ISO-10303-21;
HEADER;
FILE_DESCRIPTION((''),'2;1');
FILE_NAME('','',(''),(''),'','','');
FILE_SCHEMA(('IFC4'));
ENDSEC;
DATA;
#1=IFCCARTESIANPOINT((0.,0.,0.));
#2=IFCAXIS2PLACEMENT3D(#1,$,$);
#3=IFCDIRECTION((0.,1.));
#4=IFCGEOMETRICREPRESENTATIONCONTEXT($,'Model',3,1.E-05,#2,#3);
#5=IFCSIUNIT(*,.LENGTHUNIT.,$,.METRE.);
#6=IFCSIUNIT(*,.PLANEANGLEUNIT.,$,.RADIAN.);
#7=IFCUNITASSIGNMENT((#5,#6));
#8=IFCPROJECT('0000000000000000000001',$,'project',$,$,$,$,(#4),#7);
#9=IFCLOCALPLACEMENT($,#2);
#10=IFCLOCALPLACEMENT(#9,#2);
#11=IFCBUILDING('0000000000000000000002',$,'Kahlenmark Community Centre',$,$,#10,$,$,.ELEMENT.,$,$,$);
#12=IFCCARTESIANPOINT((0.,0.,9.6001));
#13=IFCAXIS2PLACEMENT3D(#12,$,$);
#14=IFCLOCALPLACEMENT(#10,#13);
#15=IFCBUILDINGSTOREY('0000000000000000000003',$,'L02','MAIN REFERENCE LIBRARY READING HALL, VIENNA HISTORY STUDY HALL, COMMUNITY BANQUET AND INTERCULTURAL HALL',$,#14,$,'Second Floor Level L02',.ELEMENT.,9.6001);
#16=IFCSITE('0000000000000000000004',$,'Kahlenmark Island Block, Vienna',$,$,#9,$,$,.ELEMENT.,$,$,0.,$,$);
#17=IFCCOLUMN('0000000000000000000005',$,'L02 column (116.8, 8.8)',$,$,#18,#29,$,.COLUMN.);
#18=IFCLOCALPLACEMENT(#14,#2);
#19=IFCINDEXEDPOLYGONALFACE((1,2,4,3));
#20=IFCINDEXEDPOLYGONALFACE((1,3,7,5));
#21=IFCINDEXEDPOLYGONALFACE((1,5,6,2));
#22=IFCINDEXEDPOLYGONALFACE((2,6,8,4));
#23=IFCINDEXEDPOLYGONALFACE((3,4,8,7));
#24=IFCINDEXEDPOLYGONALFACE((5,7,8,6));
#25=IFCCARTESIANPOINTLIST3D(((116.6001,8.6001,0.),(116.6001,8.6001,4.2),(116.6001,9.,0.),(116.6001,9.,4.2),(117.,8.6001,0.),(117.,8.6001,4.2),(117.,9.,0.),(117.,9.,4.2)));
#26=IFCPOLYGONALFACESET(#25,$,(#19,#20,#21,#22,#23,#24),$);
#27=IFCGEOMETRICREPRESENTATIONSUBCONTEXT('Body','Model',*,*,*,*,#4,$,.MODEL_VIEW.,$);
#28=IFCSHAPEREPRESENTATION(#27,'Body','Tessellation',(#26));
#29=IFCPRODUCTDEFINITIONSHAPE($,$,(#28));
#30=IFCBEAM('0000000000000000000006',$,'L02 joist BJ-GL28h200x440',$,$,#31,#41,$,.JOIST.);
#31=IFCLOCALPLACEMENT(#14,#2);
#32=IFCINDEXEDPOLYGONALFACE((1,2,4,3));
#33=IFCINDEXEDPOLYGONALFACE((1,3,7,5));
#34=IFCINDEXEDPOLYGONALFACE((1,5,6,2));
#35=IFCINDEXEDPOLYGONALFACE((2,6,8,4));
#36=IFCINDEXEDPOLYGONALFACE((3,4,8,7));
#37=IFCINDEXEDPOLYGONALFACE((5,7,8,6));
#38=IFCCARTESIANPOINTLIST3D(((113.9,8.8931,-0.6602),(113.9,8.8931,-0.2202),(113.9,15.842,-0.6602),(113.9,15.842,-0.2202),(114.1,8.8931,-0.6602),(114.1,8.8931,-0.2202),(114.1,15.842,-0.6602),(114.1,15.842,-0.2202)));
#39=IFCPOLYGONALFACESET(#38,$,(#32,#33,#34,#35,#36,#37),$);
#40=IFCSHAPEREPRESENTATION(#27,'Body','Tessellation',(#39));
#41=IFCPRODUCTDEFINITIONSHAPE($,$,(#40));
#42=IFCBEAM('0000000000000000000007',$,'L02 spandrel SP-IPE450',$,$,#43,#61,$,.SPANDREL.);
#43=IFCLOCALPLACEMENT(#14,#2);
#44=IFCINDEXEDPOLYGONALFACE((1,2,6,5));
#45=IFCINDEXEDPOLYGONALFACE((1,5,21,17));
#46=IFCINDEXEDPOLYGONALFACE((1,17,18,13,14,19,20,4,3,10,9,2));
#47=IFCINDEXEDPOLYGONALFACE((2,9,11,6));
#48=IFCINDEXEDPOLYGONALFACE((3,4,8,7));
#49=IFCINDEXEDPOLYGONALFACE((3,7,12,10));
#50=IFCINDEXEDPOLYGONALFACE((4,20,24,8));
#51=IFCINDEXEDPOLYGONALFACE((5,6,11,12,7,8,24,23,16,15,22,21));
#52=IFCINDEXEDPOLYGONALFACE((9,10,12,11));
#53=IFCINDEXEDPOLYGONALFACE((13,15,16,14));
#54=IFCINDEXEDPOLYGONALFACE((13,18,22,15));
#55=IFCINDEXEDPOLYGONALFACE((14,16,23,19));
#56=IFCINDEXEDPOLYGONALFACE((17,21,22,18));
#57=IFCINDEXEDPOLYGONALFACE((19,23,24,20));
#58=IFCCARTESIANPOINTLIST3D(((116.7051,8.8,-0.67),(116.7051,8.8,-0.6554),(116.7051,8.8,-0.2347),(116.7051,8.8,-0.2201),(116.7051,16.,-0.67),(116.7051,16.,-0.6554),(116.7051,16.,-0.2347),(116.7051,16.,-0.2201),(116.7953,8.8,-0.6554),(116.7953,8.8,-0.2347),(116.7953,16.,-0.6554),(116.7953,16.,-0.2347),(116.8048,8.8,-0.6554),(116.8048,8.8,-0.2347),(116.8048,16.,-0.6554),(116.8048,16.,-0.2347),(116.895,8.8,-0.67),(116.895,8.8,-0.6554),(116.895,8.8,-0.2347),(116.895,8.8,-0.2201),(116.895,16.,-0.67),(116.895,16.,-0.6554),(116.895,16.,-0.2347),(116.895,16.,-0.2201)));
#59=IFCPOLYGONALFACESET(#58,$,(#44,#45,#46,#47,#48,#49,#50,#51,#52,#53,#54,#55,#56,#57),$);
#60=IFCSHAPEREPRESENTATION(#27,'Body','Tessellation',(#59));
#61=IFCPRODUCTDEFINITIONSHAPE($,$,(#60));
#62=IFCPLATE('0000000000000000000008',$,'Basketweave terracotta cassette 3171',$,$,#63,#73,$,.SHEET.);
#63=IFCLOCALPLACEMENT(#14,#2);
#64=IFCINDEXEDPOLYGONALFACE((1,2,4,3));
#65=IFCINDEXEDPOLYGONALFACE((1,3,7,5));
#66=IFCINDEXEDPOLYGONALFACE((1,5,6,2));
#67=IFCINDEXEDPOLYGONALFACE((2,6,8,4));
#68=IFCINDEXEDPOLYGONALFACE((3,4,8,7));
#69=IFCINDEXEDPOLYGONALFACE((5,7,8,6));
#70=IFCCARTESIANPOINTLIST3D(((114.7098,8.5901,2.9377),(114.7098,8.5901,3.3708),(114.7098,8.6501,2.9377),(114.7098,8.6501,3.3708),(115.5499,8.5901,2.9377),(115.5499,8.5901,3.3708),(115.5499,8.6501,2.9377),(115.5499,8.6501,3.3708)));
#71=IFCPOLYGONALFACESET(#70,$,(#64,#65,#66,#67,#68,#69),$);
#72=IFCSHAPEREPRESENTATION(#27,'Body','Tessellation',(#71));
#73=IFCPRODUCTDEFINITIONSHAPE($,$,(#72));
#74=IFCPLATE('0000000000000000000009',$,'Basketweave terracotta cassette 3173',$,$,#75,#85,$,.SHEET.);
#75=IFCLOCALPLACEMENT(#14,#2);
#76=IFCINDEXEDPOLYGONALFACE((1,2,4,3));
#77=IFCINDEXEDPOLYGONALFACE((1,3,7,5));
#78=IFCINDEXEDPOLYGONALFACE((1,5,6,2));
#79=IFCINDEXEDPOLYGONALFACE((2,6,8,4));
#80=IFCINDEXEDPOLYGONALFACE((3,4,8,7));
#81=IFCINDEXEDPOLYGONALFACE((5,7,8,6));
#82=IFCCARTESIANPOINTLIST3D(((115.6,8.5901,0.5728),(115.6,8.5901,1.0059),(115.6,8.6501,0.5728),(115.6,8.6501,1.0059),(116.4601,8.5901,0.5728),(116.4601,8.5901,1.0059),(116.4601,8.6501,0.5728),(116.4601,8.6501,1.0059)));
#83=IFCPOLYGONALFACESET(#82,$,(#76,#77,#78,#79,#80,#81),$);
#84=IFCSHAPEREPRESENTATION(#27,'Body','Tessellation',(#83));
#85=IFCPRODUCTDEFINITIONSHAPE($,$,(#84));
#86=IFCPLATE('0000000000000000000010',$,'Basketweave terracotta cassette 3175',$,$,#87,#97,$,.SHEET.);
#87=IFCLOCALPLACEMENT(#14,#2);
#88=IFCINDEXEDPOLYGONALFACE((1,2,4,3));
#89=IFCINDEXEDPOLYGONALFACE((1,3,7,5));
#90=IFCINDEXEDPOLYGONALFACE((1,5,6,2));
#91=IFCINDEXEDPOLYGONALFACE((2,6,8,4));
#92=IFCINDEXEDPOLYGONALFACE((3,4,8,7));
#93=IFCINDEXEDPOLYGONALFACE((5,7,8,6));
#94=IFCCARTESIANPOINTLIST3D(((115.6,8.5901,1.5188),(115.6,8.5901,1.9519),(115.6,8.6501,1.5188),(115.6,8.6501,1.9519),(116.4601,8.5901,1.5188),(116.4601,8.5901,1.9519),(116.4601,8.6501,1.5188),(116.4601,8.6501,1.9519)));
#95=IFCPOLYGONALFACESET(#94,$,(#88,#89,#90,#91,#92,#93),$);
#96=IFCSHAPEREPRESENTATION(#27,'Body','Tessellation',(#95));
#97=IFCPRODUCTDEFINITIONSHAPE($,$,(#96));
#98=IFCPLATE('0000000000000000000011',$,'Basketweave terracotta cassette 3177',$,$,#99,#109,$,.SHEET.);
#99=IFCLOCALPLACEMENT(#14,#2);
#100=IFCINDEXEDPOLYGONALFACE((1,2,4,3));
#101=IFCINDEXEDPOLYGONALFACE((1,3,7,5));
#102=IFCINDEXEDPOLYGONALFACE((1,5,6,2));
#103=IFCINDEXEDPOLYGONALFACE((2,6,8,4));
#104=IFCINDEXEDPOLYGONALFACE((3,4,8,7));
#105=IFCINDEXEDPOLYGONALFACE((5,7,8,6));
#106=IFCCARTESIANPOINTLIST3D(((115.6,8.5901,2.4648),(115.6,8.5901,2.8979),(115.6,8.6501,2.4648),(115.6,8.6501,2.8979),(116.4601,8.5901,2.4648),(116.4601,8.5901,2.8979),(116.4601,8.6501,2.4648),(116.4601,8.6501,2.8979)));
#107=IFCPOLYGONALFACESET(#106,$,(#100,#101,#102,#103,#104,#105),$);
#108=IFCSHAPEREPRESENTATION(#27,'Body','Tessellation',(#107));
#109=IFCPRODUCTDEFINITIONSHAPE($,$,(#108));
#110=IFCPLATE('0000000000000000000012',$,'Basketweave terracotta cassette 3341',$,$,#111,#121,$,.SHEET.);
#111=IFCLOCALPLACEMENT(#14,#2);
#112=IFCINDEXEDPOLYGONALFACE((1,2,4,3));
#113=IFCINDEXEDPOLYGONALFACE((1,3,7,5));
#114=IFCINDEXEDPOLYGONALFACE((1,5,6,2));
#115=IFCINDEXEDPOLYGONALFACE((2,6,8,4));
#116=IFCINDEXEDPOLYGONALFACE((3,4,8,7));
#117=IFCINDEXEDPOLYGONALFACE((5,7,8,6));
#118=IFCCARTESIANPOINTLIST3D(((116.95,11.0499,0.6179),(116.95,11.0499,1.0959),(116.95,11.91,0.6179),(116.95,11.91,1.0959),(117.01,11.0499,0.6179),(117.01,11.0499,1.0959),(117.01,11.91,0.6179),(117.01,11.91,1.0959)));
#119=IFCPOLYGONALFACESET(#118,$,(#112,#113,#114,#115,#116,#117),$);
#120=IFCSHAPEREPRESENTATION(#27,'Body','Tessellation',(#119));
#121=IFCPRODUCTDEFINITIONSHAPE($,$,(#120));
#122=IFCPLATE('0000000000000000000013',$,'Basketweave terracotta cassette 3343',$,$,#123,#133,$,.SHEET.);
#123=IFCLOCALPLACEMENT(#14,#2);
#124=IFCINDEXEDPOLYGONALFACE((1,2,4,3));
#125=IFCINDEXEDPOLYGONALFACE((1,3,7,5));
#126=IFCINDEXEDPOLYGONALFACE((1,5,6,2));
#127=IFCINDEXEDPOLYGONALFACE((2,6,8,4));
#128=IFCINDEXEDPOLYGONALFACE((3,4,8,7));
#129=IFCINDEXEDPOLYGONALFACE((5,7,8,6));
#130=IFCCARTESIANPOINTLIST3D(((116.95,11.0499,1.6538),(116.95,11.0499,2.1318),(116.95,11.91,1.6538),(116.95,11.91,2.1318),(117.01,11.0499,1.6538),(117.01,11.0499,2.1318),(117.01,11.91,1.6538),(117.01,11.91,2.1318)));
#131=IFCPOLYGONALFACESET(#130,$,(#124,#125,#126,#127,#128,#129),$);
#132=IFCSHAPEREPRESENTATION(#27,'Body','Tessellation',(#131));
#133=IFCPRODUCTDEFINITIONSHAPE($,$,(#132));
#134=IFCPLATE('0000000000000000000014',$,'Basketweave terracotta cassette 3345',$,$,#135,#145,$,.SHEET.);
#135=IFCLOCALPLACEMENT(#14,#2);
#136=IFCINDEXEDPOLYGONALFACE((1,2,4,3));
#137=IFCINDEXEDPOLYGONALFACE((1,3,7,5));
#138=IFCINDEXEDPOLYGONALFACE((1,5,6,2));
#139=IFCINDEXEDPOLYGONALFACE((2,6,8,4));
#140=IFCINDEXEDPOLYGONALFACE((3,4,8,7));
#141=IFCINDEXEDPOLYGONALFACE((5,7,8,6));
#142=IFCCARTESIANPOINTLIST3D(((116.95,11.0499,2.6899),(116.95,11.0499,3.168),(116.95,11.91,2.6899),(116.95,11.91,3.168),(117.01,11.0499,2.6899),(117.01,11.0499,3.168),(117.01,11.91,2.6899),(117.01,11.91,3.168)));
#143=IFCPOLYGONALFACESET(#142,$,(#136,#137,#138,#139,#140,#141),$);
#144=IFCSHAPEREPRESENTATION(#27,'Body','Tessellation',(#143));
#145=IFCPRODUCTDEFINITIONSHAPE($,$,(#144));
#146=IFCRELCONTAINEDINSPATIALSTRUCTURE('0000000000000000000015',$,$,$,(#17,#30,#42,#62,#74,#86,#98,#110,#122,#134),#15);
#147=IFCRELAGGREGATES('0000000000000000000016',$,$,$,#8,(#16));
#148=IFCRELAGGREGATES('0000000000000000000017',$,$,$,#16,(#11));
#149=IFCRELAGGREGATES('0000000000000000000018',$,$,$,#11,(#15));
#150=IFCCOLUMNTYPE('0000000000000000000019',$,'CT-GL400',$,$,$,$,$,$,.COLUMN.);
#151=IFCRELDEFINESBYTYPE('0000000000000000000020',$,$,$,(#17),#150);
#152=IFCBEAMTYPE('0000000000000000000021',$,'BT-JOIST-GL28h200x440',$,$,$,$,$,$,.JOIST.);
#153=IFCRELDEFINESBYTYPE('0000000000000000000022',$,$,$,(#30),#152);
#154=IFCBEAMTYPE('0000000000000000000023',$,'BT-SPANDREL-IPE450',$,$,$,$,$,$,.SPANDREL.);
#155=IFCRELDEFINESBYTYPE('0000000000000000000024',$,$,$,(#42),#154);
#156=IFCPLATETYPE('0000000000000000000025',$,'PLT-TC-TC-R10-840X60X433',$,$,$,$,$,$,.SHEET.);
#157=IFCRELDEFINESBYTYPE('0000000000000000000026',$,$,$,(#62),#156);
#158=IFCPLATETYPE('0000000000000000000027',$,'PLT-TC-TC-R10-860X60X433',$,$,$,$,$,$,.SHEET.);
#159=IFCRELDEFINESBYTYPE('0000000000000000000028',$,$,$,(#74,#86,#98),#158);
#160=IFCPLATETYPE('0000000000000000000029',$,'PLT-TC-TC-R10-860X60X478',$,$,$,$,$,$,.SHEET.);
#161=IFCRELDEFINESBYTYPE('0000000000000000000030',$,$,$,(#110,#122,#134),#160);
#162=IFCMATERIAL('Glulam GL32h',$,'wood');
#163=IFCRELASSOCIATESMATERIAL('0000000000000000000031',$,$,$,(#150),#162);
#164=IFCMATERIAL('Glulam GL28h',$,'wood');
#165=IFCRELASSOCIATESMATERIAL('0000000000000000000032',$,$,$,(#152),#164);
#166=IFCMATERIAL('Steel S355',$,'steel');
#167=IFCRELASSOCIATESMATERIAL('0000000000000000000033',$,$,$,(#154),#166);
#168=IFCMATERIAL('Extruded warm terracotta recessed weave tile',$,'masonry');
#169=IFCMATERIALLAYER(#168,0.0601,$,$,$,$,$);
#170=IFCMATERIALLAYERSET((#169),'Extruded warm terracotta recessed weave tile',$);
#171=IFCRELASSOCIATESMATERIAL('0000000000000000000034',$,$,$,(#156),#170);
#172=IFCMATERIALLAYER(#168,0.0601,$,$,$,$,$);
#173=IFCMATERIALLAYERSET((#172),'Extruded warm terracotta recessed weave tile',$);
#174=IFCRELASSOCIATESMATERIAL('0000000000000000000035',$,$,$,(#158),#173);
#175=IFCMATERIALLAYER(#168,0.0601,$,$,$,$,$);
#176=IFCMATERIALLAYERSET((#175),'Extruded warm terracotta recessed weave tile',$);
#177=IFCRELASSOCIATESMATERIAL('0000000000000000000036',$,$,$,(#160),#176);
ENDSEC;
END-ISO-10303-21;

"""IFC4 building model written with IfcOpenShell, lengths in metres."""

from ifc_helpers import new_model, si_unit, direction, frame, origin, origin_2d, place, context, subcontext, project, spatial, rectangle, i_section, extrude, material, layer, layer_set, material_profile, profile_set, type_object, element, save


model = new_model("IFC4")

# Units and contexts
model_context = context("Model", 3, precision=1e-05, world=origin(), true_north=direction((0.0, 1.0)))
body_context = subcontext(model_context, "Body", "Model", "MODEL_VIEW")
ifc_project = project(units=[si_unit("LENGTHUNIT", "METRE"), si_unit("PLANEANGLEUNIT", "RADIAN")], contexts=[model_context])

# Site, building, storey
site_placement = place(None, origin())
site = spatial("IfcSite", under=ifc_project, at=site_placement, Name="Kahlenmark Island Block, Vienna", CompositionType="ELEMENT", RefElevation=0.0)
building_placement = place(site_placement, origin())
building = spatial("IfcBuilding", under=site, at=building_placement, Name="Kahlenmark Community Centre", CompositionType="ELEMENT")
storey_placement = place(building_placement, frame((0.0, 0.0, 9.6001)))
storey = spatial("IfcBuildingStorey", under=building, at=storey_placement, Name="L02", Description="MAIN REFERENCE LIBRARY READING HALL, VIENNA HISTORY STUDY HALL, COMMUNITY BANQUET AND INTERCULTURAL HALL", LongName="Second Floor Level L02", CompositionType="ELEMENT", Elevation=9.6001)

# Column
ifc_material_1 = material(Name="Glulam GL32h", Category="wood")
ifc_material_profile_1 = material_profile(ifc_material_1, rectangle(XDim=0.3999, YDim=0.3999, at=origin_2d()), Name="GL32h 400x400")
ifc_profile_set_1 = profile_set([ifc_material_profile_1], Name="Glulam GL32h")
column_type = type_object("IfcColumnType", Name="CT-GL400", PredefinedType="COLUMN", material=ifc_profile_set_1)
column_placement = place(storey_placement, frame((116.8, 8.8, 0.0), z_axis=(0.0, 0.0, 1.0), x_axis=(1.0, 0.0, 0.0)))
element("IfcColumn", 1, at=column_placement, inside=storey, type_object=column_type, Name="L02 column (116.8, 8.8)", PredefinedType="COLUMN", context=body_context, shape_type="SweptSolid", body=[
    extrude(rectangle(XDim=0.3999, YDim=0.3999, at=origin_2d()), origin(), (0.0, 0.0, 1.0), 4.2),
])

# Beams
ifc_material_2 = material(Name="Glulam GL28h", Category="wood")
ifc_material_profile_2 = material_profile(ifc_material_2, rectangle(XDim=0.2, YDim=0.4399, at=origin_2d()), Name="GL28h 200x440")
ifc_profile_set_2 = profile_set([ifc_material_profile_2], Name="Glulam GL28h")
beam_type_1 = type_object("IfcBeamType", Name="BT-JOIST-GL28h200x440", PredefinedType="JOIST", material=ifc_profile_set_2)
beam_1_placement = place(storey_placement, frame((114.0, 8.8931, -0.4402), z_axis=(0.0, 1.0, 0.0), x_axis=(-1.0, 0.0, 0.0)))
element("IfcBeam", 2, at=beam_1_placement, inside=storey, type_object=beam_type_1, Name="L02 joist BJ-GL28h200x440", PredefinedType="JOIST", context=body_context, shape_type="SweptSolid", body=[
    extrude(rectangle(XDim=0.2, YDim=0.4399, at=origin_2d()), origin(), (0.0, 0.0, 1.0), 6.949),
])
ifc_material_3 = material(Name="Steel S355", Category="steel")
ifc_material_profile_3 = material_profile(ifc_material_3, i_section(OverallWidth=0.1899, OverallDepth=0.45, WebThickness=0.0095, FlangeThickness=0.0146, at=origin_2d()), Name="IPE 450")
ifc_profile_set_3 = profile_set([ifc_material_profile_3], Name="Steel S355")
beam_type_2 = type_object("IfcBeamType", Name="BT-SPANDREL-IPE450", PredefinedType="SPANDREL", material=ifc_profile_set_3)
beam_2_placement = place(storey_placement, frame((116.8, 8.8, -0.4451), z_axis=(0.0, 1.0, 0.0), x_axis=(-1.0, 0.0, 0.0)))
element("IfcBeam", 3, at=beam_2_placement, inside=storey, type_object=beam_type_2, Name="L02 spandrel SP-IPE450", PredefinedType="SPANDREL", context=body_context, shape_type="SweptSolid", body=[
    extrude(i_section(OverallWidth=0.1899, OverallDepth=0.45, WebThickness=0.0095, FlangeThickness=0.0146, at=origin_2d()), origin(), (0.0, 0.0, 1.0), 7.2),
])

# Plates
ifc_material_4 = material(Name="Extruded warm terracotta recessed weave tile", Category="masonry")
ifc_layer_1 = layer(ifc_material_4, 0.0601)
ifc_layer_set_1 = layer_set([ifc_layer_1], Name="Extruded warm terracotta recessed weave tile")
plate_type_1 = type_object("IfcPlateType", Name="PLT-TC-TC-R10-840X60X433", PredefinedType="SHEET", material=ifc_layer_set_1)
plate_placement = place(storey_placement, frame((115.1299, 8.6201, 2.9377), z_axis=(0.0, 0.0, 1.0), x_axis=(1.0, 0.0, 0.0)))
element("IfcPlate", 4, at=plate_placement, inside=storey, type_object=plate_type_1, Name="Basketweave terracotta cassette 3171", PredefinedType="SHEET", context=body_context, shape_type="SweptSolid", body=[
    extrude(rectangle(XDim=0.8401, YDim=0.0601, at=origin_2d()), origin(), (0.0, 0.0, 1.0), 0.4331),
])
ifc_layer_2 = layer(ifc_material_4, 0.0601)
ifc_layer_set_2 = layer_set([ifc_layer_2], Name="Extruded warm terracotta recessed weave tile")
plate_type_2 = type_object("IfcPlateType", Name="PLT-TC-TC-R10-860X60X433", PredefinedType="SHEET", material=ifc_layer_set_2)
for number, where, z_axis, x_axis, name in (
    (5, (116.03, 8.6201, 0.5728), (0.0, 0.0, 1.0), (1.0, 0.0, 0.0), "Basketweave terracotta cassette 3173"),
    (6, (116.03, 8.6201, 1.5188), (0.0, 0.0, 1.0), (1.0, 0.0, 0.0), "Basketweave terracotta cassette 3175"),
    (7, (116.03, 8.6201, 2.4648), (0.0, 0.0, 1.0), (1.0, 0.0, 0.0), "Basketweave terracotta cassette 3177"),
):
    element("IfcPlate", number, at=place(storey_placement, frame(where, z_axis=z_axis, x_axis=x_axis)), inside=storey, type_object=plate_type_2, Name=name, PredefinedType="SHEET", context=body_context, shape_type="SweptSolid", body=[
        extrude(rectangle(XDim=0.8601, YDim=0.0601, at=origin_2d()), origin(), (0.0, 0.0, 1.0), 0.4331),
    ])
ifc_layer_3 = layer(ifc_material_4, 0.0601)
ifc_layer_set_3 = layer_set([ifc_layer_3], Name="Extruded warm terracotta recessed weave tile")
plate_type_3 = type_object("IfcPlateType", Name="PLT-TC-TC-R10-860X60X478", PredefinedType="SHEET", material=ifc_layer_set_3)
for number, where, z_axis, x_axis, name in (
    (8, (116.98, 11.48, 0.6179), (0.0, 0.0, 1.0), (0.0, 1.0, 0.0), "Basketweave terracotta cassette 3341"),
    (9, (116.98, 11.48, 1.6538), (0.0, 0.0, 1.0), (0.0, 1.0, 0.0), "Basketweave terracotta cassette 3343"),
    (10, (116.98, 11.48, 2.6899), (0.0, 0.0, 1.0), (0.0, 1.0, 0.0), "Basketweave terracotta cassette 3345"),
):
    element("IfcPlate", number, at=place(storey_placement, frame(where, z_axis=z_axis, x_axis=x_axis)), inside=storey, type_object=plate_type_3, Name=name, PredefinedType="SHEET", context=body_context, shape_type="SweptSolid", body=[
        extrude(rectangle(XDim=0.8601, YDim=0.0601, at=origin_2d()), origin(), (0.0, 0.0, 1.0), 0.478),
    ])

save(model, "model.ifc")
